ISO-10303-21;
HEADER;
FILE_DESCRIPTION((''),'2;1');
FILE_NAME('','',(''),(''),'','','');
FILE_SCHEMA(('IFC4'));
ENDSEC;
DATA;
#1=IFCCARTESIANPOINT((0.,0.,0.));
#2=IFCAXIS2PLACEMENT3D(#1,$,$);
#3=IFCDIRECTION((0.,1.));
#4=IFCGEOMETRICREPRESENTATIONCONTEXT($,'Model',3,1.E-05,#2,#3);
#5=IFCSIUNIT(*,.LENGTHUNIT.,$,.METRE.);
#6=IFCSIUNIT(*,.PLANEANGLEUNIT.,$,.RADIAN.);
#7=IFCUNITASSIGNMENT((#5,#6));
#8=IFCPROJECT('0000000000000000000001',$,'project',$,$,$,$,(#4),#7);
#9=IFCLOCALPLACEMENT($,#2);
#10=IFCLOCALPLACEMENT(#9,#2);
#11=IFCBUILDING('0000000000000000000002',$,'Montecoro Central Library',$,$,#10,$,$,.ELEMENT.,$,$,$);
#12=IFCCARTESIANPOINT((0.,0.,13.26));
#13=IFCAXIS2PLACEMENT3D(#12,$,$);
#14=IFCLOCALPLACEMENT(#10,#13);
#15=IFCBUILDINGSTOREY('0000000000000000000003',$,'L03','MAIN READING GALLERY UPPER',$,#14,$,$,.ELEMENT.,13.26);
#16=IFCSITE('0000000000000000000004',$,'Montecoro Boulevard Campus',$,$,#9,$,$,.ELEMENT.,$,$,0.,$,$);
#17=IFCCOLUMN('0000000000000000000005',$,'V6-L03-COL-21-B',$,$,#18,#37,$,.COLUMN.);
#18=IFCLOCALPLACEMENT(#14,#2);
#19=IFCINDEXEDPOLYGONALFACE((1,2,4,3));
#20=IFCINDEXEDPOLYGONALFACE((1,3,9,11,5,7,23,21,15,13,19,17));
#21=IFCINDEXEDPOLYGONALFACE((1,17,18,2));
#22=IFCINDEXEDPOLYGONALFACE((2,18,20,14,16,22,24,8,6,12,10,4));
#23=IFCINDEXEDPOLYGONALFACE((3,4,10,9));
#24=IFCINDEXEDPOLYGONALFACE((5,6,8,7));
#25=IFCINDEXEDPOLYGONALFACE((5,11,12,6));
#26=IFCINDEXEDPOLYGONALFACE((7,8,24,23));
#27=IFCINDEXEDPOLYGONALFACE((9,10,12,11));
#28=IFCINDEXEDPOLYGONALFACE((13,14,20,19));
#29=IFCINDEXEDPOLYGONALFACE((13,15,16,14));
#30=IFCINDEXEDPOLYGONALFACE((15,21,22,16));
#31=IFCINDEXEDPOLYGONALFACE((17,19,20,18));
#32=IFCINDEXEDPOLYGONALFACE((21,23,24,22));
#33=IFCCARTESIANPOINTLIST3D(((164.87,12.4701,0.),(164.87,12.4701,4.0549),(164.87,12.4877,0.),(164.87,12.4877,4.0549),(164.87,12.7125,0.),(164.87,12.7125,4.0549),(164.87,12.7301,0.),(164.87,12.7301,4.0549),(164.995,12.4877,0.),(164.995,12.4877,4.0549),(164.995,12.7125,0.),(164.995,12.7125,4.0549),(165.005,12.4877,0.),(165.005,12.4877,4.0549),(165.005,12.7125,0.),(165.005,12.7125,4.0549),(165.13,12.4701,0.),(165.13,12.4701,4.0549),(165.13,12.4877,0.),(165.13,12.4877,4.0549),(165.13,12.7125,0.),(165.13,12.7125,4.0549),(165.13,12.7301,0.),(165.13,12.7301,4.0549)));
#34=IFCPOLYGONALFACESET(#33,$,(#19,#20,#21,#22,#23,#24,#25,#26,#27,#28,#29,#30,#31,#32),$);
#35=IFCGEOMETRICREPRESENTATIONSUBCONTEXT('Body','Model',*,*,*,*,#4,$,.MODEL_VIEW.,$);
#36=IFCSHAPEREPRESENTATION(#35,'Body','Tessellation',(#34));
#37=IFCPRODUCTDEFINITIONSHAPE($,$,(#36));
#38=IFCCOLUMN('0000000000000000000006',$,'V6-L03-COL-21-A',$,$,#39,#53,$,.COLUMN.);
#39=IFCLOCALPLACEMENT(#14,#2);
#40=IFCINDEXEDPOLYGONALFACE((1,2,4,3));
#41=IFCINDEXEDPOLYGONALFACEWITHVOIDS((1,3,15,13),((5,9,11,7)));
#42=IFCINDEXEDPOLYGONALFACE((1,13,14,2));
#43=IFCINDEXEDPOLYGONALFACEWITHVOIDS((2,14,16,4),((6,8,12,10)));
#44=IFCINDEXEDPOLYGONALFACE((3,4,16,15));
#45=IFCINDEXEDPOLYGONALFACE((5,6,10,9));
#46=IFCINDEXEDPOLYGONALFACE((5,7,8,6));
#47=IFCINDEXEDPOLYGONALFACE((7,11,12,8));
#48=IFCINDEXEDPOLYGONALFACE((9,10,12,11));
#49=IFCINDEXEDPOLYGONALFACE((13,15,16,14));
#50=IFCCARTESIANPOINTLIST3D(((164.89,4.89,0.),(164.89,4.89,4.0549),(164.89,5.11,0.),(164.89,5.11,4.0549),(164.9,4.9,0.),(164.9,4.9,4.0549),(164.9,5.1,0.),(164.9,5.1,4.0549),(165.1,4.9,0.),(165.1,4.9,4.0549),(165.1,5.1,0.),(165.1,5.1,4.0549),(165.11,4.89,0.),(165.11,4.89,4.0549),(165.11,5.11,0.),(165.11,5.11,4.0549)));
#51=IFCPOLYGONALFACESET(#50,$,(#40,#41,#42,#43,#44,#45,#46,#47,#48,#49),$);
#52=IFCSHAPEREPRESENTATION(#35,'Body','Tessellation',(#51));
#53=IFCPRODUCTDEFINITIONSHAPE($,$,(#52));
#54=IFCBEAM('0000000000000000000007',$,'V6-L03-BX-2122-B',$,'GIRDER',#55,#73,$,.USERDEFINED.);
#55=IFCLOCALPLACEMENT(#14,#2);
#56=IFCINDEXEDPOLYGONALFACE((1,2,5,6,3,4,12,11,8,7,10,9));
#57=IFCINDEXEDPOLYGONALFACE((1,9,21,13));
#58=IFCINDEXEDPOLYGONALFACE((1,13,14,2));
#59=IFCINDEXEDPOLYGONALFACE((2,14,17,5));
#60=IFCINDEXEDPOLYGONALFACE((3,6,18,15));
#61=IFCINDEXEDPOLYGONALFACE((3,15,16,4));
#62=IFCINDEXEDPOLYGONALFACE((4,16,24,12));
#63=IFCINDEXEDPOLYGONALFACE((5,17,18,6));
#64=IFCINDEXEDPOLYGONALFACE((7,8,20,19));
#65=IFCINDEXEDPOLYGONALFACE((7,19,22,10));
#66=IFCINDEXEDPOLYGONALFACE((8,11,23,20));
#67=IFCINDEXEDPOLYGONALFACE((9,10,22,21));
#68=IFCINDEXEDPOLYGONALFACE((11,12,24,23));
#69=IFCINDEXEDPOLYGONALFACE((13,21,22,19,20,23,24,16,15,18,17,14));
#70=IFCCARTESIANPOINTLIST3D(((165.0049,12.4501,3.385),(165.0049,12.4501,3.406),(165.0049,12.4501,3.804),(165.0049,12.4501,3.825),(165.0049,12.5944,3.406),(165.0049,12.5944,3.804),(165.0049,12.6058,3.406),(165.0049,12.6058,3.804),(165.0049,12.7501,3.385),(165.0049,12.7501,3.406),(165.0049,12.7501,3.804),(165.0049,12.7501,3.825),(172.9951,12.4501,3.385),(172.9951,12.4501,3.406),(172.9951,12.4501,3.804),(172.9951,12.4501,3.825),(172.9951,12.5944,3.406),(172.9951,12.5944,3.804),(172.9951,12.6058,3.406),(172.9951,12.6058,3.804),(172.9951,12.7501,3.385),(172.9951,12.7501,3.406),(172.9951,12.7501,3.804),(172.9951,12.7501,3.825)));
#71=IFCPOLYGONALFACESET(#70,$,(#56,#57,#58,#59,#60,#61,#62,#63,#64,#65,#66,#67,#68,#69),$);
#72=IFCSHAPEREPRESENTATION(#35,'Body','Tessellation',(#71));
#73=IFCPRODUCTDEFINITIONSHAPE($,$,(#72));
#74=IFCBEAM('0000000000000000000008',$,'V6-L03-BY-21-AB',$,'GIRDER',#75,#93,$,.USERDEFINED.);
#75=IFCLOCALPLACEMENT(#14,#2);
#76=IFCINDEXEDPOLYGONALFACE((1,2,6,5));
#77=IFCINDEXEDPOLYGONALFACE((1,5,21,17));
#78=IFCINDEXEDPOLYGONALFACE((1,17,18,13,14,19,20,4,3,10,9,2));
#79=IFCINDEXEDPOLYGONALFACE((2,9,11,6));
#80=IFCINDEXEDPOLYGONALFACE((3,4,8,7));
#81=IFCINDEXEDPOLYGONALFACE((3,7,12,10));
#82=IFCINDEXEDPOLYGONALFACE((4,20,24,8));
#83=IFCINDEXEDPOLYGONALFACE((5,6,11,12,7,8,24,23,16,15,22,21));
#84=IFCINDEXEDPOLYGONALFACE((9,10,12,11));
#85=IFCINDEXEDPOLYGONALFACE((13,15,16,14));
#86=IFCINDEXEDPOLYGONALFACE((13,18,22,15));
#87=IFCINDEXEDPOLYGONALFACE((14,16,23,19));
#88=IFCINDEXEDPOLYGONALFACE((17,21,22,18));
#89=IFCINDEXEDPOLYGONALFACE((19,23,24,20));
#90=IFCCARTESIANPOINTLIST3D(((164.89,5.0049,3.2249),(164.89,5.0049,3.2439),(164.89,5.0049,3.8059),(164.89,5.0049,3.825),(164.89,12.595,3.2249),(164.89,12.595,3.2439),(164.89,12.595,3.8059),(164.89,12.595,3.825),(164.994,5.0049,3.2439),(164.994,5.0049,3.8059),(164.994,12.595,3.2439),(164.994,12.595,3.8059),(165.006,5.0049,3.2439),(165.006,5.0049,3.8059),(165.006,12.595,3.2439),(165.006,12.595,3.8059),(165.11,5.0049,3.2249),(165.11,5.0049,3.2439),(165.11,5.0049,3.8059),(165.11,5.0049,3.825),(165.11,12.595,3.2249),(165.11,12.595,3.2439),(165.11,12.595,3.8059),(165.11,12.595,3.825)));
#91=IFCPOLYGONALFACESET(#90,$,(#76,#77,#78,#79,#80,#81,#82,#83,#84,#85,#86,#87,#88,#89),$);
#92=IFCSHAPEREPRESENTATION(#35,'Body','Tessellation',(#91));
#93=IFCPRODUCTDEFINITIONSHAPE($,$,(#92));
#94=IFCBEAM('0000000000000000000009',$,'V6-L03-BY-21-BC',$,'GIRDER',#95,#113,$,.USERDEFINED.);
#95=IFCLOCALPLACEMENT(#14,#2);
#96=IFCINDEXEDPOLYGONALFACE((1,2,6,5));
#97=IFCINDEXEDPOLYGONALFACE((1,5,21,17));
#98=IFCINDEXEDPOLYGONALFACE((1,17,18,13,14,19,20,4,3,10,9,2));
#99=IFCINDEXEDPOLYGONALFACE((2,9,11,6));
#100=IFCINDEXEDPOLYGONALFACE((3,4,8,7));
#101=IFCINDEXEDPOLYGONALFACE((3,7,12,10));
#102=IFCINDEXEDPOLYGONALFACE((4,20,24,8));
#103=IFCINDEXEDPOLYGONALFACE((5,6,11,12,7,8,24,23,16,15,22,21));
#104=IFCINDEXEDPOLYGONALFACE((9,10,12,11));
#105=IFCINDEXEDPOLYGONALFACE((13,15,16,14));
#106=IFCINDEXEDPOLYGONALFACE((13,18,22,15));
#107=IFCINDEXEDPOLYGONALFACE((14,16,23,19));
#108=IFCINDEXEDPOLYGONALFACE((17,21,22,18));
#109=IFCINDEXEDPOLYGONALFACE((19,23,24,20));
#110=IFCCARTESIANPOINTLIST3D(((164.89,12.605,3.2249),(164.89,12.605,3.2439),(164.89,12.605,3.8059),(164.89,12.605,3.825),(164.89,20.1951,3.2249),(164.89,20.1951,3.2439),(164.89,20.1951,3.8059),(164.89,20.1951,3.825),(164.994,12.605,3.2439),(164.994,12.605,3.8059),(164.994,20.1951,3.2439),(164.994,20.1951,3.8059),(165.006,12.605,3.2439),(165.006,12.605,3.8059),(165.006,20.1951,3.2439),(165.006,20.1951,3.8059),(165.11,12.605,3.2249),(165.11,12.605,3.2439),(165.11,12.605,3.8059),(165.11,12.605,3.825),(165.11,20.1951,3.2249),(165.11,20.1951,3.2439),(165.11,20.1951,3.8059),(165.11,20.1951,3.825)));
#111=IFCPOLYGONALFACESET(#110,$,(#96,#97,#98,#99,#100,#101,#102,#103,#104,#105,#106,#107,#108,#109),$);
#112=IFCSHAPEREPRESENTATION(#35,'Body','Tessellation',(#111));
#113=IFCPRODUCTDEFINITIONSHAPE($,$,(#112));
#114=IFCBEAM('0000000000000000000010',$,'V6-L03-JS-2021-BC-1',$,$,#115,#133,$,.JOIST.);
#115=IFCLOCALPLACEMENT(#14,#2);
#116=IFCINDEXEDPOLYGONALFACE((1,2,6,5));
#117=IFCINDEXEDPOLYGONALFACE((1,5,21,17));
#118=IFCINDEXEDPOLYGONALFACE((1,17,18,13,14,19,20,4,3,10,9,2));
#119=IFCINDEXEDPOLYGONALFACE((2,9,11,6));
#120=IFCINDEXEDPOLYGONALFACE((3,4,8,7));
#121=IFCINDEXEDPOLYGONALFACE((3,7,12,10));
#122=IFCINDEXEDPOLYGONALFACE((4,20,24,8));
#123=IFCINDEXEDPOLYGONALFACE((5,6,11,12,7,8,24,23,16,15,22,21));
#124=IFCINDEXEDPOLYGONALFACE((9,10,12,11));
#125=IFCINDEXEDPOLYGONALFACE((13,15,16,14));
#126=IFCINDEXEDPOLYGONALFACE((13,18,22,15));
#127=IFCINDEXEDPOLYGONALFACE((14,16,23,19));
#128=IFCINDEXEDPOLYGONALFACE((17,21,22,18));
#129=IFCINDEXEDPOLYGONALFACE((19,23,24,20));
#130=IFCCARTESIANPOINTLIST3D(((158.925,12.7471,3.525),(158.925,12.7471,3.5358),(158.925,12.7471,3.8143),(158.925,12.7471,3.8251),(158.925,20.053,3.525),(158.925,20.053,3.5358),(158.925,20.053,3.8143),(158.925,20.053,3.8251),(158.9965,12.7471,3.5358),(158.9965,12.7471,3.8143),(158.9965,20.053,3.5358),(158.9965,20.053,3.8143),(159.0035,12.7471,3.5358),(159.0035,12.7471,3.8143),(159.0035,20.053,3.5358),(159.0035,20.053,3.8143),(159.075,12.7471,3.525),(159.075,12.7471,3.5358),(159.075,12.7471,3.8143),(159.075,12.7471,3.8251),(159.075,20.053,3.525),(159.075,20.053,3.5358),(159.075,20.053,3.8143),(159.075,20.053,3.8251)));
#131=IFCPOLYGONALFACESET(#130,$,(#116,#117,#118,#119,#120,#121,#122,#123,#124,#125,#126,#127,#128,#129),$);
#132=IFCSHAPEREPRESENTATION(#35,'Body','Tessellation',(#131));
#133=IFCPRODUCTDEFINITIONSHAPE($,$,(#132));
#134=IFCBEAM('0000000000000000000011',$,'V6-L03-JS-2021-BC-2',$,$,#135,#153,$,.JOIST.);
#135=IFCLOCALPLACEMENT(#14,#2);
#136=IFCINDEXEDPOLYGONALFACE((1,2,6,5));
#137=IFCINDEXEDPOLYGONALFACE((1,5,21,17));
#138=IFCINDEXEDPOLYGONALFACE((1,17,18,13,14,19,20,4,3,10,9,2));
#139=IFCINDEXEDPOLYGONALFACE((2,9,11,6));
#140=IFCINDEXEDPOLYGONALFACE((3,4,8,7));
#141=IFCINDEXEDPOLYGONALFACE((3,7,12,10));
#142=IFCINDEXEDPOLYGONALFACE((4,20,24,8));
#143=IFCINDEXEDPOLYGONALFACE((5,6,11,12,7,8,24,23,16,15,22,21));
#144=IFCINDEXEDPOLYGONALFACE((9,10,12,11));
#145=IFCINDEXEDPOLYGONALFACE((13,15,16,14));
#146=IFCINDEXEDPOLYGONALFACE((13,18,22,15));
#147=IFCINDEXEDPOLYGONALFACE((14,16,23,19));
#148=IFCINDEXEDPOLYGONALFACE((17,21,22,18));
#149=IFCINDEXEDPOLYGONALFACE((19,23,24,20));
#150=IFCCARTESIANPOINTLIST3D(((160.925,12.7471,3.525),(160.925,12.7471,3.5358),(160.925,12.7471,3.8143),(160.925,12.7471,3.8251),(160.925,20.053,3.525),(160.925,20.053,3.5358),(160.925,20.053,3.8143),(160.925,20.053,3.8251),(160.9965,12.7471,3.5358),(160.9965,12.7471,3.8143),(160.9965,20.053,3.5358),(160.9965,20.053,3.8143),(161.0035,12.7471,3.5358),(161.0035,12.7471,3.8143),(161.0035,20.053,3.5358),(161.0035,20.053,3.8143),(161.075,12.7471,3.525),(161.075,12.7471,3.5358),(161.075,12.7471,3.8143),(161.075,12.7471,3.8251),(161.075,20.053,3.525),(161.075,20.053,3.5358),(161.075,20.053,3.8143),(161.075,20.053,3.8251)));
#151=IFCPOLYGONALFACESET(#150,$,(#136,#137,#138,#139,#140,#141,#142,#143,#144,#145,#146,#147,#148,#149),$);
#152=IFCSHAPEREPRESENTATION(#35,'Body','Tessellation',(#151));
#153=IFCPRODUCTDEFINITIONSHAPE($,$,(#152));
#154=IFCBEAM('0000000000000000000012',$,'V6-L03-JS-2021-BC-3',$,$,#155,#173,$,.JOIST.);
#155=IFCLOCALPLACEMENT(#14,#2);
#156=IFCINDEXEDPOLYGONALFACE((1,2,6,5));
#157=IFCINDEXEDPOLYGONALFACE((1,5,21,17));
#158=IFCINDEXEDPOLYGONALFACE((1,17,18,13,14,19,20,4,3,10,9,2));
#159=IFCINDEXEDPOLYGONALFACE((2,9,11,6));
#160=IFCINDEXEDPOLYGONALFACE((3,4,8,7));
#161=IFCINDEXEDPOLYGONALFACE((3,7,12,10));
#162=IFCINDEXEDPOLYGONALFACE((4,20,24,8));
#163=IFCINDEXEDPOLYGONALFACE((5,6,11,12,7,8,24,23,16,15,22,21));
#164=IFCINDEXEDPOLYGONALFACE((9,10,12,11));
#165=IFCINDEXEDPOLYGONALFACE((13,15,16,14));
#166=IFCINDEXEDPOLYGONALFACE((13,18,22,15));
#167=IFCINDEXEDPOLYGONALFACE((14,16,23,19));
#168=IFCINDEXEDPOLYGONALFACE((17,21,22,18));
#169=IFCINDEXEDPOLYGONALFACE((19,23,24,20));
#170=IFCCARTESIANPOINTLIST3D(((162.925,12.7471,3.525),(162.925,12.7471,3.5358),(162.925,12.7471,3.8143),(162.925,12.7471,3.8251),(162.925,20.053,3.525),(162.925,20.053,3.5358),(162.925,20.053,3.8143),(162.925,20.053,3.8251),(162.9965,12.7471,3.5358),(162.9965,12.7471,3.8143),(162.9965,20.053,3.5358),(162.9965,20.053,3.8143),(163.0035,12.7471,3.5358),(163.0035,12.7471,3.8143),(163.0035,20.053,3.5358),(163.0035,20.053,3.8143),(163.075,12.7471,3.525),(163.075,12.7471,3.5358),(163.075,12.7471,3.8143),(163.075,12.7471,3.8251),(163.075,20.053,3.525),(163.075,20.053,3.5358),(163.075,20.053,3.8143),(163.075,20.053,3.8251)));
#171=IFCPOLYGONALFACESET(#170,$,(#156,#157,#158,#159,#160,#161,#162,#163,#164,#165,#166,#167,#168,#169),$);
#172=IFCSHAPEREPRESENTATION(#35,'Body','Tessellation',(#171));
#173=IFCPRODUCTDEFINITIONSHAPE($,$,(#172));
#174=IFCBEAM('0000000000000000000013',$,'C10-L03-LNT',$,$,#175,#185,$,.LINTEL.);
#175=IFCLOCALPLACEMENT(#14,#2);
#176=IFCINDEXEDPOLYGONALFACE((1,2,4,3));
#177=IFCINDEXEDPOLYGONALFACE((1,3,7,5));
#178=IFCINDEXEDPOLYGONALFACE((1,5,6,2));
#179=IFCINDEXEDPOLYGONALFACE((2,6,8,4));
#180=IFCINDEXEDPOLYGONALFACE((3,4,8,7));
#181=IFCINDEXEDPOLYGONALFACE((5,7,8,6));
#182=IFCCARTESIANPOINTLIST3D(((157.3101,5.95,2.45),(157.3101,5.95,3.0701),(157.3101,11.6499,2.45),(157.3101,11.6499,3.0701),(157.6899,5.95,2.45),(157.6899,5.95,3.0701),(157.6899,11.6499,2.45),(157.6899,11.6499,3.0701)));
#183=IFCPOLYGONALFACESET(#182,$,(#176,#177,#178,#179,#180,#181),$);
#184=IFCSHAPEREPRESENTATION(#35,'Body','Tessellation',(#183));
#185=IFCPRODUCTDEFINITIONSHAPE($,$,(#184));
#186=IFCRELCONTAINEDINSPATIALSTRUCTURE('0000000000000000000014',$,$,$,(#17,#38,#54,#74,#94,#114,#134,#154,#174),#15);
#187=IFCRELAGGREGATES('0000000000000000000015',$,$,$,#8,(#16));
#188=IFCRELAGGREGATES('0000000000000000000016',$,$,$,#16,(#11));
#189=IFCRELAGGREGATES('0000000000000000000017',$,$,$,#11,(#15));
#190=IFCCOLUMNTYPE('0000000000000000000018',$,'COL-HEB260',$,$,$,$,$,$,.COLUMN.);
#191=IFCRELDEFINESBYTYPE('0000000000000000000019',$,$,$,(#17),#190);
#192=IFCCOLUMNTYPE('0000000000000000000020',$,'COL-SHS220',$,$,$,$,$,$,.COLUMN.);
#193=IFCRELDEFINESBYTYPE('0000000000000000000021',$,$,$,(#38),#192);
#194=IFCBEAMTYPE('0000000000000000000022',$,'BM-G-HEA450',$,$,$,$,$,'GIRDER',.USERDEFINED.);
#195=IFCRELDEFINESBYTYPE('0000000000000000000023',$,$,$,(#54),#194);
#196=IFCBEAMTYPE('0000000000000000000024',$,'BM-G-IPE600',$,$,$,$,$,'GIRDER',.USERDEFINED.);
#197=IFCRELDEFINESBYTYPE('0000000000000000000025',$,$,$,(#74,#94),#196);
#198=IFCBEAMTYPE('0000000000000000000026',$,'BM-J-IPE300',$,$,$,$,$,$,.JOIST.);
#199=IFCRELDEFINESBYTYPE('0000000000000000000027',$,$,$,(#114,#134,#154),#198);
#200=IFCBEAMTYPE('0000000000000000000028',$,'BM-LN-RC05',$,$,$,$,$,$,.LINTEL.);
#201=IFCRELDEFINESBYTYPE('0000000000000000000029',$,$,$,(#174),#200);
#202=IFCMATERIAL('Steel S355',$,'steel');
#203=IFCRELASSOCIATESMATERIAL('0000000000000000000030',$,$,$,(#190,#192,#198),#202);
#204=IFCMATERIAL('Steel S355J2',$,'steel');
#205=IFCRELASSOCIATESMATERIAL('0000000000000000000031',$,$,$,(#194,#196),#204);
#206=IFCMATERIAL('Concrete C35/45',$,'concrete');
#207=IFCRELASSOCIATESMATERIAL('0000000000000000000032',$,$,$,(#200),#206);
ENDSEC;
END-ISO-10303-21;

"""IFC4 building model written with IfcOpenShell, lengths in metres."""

from ifc_helpers import new_model, si_unit, direction, frame, origin, origin_2d, place, context, subcontext, project, spatial, rectangle, hollow_rectangle, i_section, extrude, material, material_profile, profile_set, type_object, element, save


model = new_model("IFC4")

# Units and contexts
model_context = context("Model", 3, precision=1e-05, world=origin(), true_north=direction((0.0, 1.0)))
body_context = subcontext(model_context, "Body", "Model", "MODEL_VIEW")
ifc_project = project(units=[si_unit("LENGTHUNIT", "METRE"), si_unit("PLANEANGLEUNIT", "RADIAN")], contexts=[model_context])

# Site, building, storey
site_placement = place(None, origin())
site = spatial("IfcSite", under=ifc_project, at=site_placement, Name="Montecoro Boulevard Campus", CompositionType="ELEMENT", RefElevation=0.0)
building_placement = place(site_placement, origin())
building = spatial("IfcBuilding", under=site, at=building_placement, Name="Montecoro Central Library", CompositionType="ELEMENT")
storey_placement = place(building_placement, frame((0.0, 0.0, 13.26)))
storey = spatial("IfcBuildingStorey", under=building, at=storey_placement, Name="L03", Description="MAIN READING GALLERY UPPER", CompositionType="ELEMENT", Elevation=13.26)

# Columns
ifc_material_1 = material(Name="Steel S355", Category="steel")
ifc_material_profile_1 = material_profile(ifc_material_1, i_section(OverallWidth=0.26, OverallDepth=0.26, WebThickness=0.01, FlangeThickness=0.0176, at=origin_2d()), Name="HEB 260")
ifc_profile_set_1 = profile_set([ifc_material_profile_1], Name="Steel S355")
column_type_1 = type_object("IfcColumnType", Name="COL-HEB260", PredefinedType="COLUMN", material=ifc_profile_set_1)
column_1_placement = place(storey_placement, frame((165.0, 12.6001, 0.0), z_axis=(0.0, 0.0, 1.0), x_axis=(1.0, 0.0, 0.0)))
element("IfcColumn", 1, at=column_1_placement, inside=storey, type_object=column_type_1, Name="V6-L03-COL-21-B", PredefinedType="COLUMN", context=body_context, shape_type="SweptSolid", body=[
    extrude(i_section(OverallWidth=0.26, OverallDepth=0.26, WebThickness=0.01, FlangeThickness=0.0176, at=origin_2d()), origin(), (0.0, 0.0, 1.0), 4.0549),
])
ifc_material_profile_2 = material_profile(ifc_material_1, hollow_rectangle(XDim=0.22, YDim=0.22, WallThickness=0.01, at=origin_2d()), Name="SHS 220x220x10.0")
ifc_profile_set_2 = profile_set([ifc_material_profile_2], Name="Steel S355")
column_type_2 = type_object("IfcColumnType", Name="COL-SHS220", PredefinedType="COLUMN", material=ifc_profile_set_2)
column_2_placement = place(storey_placement, frame((165.0, 5.0, 0.0), z_axis=(0.0, 0.0, 1.0), x_axis=(1.0, 0.0, 0.0)))
element("IfcColumn", 2, at=column_2_placement, inside=storey, type_object=column_type_2, Name="V6-L03-COL-21-A", PredefinedType="COLUMN", context=body_context, shape_type="SweptSolid", body=[
    extrude(hollow_rectangle(XDim=0.22, YDim=0.22, WallThickness=0.01, at=origin_2d()), origin(), (0.0, 0.0, 1.0), 4.0549),
])

# Beams
ifc_material_2 = material(Name="Steel S355J2", Category="steel")
ifc_material_profile_3 = material_profile(ifc_material_2, i_section(OverallWidth=0.3, OverallDepth=0.4399, WebThickness=0.0115, FlangeThickness=0.021, at=origin_2d()), Name="HEA 450")
ifc_profile_set_3 = profile_set([ifc_material_profile_3], Name="Steel S355J2")
beam_type_1 = type_object("IfcBeamType", Name="BM-G-HEA450", ElementType="GIRDER", PredefinedType="USERDEFINED", material=ifc_profile_set_3)
beam_1_placement = place(storey_placement, frame((165.0049, 12.6001, 3.605), z_axis=(1.0, 0.0, 0.0), x_axis=(0.0, 1.0, 0.0)))
element("IfcBeam", 3, at=beam_1_placement, inside=storey, type_object=beam_type_1, Name="V6-L03-BX-2122-B", ObjectType="GIRDER", PredefinedType="USERDEFINED", context=body_context, shape_type="SweptSolid", body=[
    extrude(i_section(OverallWidth=0.3, OverallDepth=0.4399, WebThickness=0.0115, FlangeThickness=0.021, at=origin_2d()), origin(), (0.0, 0.0, 1.0), 7.9902),
])
ifc_material_profile_4 = material_profile(ifc_material_2, i_section(OverallWidth=0.22, OverallDepth=0.6001, WebThickness=0.012, FlangeThickness=0.019, at=origin_2d()), Name="IPE 600")
ifc_profile_set_4 = profile_set([ifc_material_profile_4], Name="Steel S355J2")
beam_type_2 = type_object("IfcBeamType", Name="BM-G-IPE600", ElementType="GIRDER", PredefinedType="USERDEFINED", material=ifc_profile_set_4)
for number, where, z_axis, x_axis, name in (
    (4, (165.0, 5.0049, 3.5249), (0.0, 1.0, 0.0), (-1.0, 0.0, 0.0), "V6-L03-BY-21-AB"),
    (5, (165.0, 12.605, 3.5249), (0.0, 1.0, 0.0), (-1.0, 0.0, 0.0), "V6-L03-BY-21-BC"),
):
    element("IfcBeam", number, at=place(storey_placement, frame(where, z_axis=z_axis, x_axis=x_axis)), inside=storey, type_object=beam_type_2, Name=name, ObjectType="GIRDER", PredefinedType="USERDEFINED", context=body_context, shape_type="SweptSolid", body=[
        extrude(i_section(OverallWidth=0.22, OverallDepth=0.6001, WebThickness=0.012, FlangeThickness=0.019, at=origin_2d()), origin(), (0.0, 0.0, 1.0), 7.5901),
    ])
ifc_material_profile_5 = material_profile(ifc_material_1, i_section(OverallWidth=0.1499, OverallDepth=0.3, WebThickness=0.0071, FlangeThickness=0.0107, at=origin_2d()), Name="IPE 300")
ifc_profile_set_5 = profile_set([ifc_material_profile_5], Name="Steel S355")
beam_type_3 = type_object("IfcBeamType", Name="BM-J-IPE300", PredefinedType="JOIST", material=ifc_profile_set_5)
for number, where, z_axis, x_axis, name in (
    (6, (159.0, 12.7471, 3.675), (0.0, 1.0, 0.0), (-1.0, 0.0, 0.0), "V6-L03-JS-2021-BC-1"),
    (7, (161.0, 12.7471, 3.675), (0.0, 1.0, 0.0), (-1.0, 0.0, 0.0), "V6-L03-JS-2021-BC-2"),
    (8, (163.0, 12.7471, 3.675), (0.0, 1.0, 0.0), (-1.0, 0.0, 0.0), "V6-L03-JS-2021-BC-3"),
):
    element("IfcBeam", number, at=place(storey_placement, frame(where, z_axis=z_axis, x_axis=x_axis)), inside=storey, type_object=beam_type_3, Name=name, PredefinedType="JOIST", context=body_context, shape_type="SweptSolid", body=[
        extrude(i_section(OverallWidth=0.1499, OverallDepth=0.3, WebThickness=0.0071, FlangeThickness=0.0107, at=origin_2d()), origin(), (0.0, 0.0, 1.0), 7.3059),
    ])
ifc_material_3 = material(Name="Concrete C35/45", Category="concrete")
ifc_material_profile_6 = material_profile(ifc_material_3, rectangle(XDim=0.3799, YDim=0.6201, at=origin_2d()), Name="RC LNT 620x380")
ifc_profile_set_6 = profile_set([ifc_material_profile_6], Name="Concrete C35/45")
beam_type_4 = type_object("IfcBeamType", Name="BM-LN-RC05", PredefinedType="LINTEL", material=ifc_profile_set_6)
beam_2_placement = place(storey_placement, frame((157.5, 5.95, 2.76), z_axis=(0.0, 1.0, 0.0), x_axis=(-1.0, 0.0, 0.0)))
element("IfcBeam", 9, at=beam_2_placement, inside=storey, type_object=beam_type_4, Name="C10-L03-LNT", PredefinedType="LINTEL", context=body_context, shape_type="SweptSolid", body=[
    extrude(rectangle(XDim=0.3799, YDim=0.6201, at=origin_2d()), origin(), (0.0, 0.0, 1.0), 5.7),
])

save(model, "model.ifc")
